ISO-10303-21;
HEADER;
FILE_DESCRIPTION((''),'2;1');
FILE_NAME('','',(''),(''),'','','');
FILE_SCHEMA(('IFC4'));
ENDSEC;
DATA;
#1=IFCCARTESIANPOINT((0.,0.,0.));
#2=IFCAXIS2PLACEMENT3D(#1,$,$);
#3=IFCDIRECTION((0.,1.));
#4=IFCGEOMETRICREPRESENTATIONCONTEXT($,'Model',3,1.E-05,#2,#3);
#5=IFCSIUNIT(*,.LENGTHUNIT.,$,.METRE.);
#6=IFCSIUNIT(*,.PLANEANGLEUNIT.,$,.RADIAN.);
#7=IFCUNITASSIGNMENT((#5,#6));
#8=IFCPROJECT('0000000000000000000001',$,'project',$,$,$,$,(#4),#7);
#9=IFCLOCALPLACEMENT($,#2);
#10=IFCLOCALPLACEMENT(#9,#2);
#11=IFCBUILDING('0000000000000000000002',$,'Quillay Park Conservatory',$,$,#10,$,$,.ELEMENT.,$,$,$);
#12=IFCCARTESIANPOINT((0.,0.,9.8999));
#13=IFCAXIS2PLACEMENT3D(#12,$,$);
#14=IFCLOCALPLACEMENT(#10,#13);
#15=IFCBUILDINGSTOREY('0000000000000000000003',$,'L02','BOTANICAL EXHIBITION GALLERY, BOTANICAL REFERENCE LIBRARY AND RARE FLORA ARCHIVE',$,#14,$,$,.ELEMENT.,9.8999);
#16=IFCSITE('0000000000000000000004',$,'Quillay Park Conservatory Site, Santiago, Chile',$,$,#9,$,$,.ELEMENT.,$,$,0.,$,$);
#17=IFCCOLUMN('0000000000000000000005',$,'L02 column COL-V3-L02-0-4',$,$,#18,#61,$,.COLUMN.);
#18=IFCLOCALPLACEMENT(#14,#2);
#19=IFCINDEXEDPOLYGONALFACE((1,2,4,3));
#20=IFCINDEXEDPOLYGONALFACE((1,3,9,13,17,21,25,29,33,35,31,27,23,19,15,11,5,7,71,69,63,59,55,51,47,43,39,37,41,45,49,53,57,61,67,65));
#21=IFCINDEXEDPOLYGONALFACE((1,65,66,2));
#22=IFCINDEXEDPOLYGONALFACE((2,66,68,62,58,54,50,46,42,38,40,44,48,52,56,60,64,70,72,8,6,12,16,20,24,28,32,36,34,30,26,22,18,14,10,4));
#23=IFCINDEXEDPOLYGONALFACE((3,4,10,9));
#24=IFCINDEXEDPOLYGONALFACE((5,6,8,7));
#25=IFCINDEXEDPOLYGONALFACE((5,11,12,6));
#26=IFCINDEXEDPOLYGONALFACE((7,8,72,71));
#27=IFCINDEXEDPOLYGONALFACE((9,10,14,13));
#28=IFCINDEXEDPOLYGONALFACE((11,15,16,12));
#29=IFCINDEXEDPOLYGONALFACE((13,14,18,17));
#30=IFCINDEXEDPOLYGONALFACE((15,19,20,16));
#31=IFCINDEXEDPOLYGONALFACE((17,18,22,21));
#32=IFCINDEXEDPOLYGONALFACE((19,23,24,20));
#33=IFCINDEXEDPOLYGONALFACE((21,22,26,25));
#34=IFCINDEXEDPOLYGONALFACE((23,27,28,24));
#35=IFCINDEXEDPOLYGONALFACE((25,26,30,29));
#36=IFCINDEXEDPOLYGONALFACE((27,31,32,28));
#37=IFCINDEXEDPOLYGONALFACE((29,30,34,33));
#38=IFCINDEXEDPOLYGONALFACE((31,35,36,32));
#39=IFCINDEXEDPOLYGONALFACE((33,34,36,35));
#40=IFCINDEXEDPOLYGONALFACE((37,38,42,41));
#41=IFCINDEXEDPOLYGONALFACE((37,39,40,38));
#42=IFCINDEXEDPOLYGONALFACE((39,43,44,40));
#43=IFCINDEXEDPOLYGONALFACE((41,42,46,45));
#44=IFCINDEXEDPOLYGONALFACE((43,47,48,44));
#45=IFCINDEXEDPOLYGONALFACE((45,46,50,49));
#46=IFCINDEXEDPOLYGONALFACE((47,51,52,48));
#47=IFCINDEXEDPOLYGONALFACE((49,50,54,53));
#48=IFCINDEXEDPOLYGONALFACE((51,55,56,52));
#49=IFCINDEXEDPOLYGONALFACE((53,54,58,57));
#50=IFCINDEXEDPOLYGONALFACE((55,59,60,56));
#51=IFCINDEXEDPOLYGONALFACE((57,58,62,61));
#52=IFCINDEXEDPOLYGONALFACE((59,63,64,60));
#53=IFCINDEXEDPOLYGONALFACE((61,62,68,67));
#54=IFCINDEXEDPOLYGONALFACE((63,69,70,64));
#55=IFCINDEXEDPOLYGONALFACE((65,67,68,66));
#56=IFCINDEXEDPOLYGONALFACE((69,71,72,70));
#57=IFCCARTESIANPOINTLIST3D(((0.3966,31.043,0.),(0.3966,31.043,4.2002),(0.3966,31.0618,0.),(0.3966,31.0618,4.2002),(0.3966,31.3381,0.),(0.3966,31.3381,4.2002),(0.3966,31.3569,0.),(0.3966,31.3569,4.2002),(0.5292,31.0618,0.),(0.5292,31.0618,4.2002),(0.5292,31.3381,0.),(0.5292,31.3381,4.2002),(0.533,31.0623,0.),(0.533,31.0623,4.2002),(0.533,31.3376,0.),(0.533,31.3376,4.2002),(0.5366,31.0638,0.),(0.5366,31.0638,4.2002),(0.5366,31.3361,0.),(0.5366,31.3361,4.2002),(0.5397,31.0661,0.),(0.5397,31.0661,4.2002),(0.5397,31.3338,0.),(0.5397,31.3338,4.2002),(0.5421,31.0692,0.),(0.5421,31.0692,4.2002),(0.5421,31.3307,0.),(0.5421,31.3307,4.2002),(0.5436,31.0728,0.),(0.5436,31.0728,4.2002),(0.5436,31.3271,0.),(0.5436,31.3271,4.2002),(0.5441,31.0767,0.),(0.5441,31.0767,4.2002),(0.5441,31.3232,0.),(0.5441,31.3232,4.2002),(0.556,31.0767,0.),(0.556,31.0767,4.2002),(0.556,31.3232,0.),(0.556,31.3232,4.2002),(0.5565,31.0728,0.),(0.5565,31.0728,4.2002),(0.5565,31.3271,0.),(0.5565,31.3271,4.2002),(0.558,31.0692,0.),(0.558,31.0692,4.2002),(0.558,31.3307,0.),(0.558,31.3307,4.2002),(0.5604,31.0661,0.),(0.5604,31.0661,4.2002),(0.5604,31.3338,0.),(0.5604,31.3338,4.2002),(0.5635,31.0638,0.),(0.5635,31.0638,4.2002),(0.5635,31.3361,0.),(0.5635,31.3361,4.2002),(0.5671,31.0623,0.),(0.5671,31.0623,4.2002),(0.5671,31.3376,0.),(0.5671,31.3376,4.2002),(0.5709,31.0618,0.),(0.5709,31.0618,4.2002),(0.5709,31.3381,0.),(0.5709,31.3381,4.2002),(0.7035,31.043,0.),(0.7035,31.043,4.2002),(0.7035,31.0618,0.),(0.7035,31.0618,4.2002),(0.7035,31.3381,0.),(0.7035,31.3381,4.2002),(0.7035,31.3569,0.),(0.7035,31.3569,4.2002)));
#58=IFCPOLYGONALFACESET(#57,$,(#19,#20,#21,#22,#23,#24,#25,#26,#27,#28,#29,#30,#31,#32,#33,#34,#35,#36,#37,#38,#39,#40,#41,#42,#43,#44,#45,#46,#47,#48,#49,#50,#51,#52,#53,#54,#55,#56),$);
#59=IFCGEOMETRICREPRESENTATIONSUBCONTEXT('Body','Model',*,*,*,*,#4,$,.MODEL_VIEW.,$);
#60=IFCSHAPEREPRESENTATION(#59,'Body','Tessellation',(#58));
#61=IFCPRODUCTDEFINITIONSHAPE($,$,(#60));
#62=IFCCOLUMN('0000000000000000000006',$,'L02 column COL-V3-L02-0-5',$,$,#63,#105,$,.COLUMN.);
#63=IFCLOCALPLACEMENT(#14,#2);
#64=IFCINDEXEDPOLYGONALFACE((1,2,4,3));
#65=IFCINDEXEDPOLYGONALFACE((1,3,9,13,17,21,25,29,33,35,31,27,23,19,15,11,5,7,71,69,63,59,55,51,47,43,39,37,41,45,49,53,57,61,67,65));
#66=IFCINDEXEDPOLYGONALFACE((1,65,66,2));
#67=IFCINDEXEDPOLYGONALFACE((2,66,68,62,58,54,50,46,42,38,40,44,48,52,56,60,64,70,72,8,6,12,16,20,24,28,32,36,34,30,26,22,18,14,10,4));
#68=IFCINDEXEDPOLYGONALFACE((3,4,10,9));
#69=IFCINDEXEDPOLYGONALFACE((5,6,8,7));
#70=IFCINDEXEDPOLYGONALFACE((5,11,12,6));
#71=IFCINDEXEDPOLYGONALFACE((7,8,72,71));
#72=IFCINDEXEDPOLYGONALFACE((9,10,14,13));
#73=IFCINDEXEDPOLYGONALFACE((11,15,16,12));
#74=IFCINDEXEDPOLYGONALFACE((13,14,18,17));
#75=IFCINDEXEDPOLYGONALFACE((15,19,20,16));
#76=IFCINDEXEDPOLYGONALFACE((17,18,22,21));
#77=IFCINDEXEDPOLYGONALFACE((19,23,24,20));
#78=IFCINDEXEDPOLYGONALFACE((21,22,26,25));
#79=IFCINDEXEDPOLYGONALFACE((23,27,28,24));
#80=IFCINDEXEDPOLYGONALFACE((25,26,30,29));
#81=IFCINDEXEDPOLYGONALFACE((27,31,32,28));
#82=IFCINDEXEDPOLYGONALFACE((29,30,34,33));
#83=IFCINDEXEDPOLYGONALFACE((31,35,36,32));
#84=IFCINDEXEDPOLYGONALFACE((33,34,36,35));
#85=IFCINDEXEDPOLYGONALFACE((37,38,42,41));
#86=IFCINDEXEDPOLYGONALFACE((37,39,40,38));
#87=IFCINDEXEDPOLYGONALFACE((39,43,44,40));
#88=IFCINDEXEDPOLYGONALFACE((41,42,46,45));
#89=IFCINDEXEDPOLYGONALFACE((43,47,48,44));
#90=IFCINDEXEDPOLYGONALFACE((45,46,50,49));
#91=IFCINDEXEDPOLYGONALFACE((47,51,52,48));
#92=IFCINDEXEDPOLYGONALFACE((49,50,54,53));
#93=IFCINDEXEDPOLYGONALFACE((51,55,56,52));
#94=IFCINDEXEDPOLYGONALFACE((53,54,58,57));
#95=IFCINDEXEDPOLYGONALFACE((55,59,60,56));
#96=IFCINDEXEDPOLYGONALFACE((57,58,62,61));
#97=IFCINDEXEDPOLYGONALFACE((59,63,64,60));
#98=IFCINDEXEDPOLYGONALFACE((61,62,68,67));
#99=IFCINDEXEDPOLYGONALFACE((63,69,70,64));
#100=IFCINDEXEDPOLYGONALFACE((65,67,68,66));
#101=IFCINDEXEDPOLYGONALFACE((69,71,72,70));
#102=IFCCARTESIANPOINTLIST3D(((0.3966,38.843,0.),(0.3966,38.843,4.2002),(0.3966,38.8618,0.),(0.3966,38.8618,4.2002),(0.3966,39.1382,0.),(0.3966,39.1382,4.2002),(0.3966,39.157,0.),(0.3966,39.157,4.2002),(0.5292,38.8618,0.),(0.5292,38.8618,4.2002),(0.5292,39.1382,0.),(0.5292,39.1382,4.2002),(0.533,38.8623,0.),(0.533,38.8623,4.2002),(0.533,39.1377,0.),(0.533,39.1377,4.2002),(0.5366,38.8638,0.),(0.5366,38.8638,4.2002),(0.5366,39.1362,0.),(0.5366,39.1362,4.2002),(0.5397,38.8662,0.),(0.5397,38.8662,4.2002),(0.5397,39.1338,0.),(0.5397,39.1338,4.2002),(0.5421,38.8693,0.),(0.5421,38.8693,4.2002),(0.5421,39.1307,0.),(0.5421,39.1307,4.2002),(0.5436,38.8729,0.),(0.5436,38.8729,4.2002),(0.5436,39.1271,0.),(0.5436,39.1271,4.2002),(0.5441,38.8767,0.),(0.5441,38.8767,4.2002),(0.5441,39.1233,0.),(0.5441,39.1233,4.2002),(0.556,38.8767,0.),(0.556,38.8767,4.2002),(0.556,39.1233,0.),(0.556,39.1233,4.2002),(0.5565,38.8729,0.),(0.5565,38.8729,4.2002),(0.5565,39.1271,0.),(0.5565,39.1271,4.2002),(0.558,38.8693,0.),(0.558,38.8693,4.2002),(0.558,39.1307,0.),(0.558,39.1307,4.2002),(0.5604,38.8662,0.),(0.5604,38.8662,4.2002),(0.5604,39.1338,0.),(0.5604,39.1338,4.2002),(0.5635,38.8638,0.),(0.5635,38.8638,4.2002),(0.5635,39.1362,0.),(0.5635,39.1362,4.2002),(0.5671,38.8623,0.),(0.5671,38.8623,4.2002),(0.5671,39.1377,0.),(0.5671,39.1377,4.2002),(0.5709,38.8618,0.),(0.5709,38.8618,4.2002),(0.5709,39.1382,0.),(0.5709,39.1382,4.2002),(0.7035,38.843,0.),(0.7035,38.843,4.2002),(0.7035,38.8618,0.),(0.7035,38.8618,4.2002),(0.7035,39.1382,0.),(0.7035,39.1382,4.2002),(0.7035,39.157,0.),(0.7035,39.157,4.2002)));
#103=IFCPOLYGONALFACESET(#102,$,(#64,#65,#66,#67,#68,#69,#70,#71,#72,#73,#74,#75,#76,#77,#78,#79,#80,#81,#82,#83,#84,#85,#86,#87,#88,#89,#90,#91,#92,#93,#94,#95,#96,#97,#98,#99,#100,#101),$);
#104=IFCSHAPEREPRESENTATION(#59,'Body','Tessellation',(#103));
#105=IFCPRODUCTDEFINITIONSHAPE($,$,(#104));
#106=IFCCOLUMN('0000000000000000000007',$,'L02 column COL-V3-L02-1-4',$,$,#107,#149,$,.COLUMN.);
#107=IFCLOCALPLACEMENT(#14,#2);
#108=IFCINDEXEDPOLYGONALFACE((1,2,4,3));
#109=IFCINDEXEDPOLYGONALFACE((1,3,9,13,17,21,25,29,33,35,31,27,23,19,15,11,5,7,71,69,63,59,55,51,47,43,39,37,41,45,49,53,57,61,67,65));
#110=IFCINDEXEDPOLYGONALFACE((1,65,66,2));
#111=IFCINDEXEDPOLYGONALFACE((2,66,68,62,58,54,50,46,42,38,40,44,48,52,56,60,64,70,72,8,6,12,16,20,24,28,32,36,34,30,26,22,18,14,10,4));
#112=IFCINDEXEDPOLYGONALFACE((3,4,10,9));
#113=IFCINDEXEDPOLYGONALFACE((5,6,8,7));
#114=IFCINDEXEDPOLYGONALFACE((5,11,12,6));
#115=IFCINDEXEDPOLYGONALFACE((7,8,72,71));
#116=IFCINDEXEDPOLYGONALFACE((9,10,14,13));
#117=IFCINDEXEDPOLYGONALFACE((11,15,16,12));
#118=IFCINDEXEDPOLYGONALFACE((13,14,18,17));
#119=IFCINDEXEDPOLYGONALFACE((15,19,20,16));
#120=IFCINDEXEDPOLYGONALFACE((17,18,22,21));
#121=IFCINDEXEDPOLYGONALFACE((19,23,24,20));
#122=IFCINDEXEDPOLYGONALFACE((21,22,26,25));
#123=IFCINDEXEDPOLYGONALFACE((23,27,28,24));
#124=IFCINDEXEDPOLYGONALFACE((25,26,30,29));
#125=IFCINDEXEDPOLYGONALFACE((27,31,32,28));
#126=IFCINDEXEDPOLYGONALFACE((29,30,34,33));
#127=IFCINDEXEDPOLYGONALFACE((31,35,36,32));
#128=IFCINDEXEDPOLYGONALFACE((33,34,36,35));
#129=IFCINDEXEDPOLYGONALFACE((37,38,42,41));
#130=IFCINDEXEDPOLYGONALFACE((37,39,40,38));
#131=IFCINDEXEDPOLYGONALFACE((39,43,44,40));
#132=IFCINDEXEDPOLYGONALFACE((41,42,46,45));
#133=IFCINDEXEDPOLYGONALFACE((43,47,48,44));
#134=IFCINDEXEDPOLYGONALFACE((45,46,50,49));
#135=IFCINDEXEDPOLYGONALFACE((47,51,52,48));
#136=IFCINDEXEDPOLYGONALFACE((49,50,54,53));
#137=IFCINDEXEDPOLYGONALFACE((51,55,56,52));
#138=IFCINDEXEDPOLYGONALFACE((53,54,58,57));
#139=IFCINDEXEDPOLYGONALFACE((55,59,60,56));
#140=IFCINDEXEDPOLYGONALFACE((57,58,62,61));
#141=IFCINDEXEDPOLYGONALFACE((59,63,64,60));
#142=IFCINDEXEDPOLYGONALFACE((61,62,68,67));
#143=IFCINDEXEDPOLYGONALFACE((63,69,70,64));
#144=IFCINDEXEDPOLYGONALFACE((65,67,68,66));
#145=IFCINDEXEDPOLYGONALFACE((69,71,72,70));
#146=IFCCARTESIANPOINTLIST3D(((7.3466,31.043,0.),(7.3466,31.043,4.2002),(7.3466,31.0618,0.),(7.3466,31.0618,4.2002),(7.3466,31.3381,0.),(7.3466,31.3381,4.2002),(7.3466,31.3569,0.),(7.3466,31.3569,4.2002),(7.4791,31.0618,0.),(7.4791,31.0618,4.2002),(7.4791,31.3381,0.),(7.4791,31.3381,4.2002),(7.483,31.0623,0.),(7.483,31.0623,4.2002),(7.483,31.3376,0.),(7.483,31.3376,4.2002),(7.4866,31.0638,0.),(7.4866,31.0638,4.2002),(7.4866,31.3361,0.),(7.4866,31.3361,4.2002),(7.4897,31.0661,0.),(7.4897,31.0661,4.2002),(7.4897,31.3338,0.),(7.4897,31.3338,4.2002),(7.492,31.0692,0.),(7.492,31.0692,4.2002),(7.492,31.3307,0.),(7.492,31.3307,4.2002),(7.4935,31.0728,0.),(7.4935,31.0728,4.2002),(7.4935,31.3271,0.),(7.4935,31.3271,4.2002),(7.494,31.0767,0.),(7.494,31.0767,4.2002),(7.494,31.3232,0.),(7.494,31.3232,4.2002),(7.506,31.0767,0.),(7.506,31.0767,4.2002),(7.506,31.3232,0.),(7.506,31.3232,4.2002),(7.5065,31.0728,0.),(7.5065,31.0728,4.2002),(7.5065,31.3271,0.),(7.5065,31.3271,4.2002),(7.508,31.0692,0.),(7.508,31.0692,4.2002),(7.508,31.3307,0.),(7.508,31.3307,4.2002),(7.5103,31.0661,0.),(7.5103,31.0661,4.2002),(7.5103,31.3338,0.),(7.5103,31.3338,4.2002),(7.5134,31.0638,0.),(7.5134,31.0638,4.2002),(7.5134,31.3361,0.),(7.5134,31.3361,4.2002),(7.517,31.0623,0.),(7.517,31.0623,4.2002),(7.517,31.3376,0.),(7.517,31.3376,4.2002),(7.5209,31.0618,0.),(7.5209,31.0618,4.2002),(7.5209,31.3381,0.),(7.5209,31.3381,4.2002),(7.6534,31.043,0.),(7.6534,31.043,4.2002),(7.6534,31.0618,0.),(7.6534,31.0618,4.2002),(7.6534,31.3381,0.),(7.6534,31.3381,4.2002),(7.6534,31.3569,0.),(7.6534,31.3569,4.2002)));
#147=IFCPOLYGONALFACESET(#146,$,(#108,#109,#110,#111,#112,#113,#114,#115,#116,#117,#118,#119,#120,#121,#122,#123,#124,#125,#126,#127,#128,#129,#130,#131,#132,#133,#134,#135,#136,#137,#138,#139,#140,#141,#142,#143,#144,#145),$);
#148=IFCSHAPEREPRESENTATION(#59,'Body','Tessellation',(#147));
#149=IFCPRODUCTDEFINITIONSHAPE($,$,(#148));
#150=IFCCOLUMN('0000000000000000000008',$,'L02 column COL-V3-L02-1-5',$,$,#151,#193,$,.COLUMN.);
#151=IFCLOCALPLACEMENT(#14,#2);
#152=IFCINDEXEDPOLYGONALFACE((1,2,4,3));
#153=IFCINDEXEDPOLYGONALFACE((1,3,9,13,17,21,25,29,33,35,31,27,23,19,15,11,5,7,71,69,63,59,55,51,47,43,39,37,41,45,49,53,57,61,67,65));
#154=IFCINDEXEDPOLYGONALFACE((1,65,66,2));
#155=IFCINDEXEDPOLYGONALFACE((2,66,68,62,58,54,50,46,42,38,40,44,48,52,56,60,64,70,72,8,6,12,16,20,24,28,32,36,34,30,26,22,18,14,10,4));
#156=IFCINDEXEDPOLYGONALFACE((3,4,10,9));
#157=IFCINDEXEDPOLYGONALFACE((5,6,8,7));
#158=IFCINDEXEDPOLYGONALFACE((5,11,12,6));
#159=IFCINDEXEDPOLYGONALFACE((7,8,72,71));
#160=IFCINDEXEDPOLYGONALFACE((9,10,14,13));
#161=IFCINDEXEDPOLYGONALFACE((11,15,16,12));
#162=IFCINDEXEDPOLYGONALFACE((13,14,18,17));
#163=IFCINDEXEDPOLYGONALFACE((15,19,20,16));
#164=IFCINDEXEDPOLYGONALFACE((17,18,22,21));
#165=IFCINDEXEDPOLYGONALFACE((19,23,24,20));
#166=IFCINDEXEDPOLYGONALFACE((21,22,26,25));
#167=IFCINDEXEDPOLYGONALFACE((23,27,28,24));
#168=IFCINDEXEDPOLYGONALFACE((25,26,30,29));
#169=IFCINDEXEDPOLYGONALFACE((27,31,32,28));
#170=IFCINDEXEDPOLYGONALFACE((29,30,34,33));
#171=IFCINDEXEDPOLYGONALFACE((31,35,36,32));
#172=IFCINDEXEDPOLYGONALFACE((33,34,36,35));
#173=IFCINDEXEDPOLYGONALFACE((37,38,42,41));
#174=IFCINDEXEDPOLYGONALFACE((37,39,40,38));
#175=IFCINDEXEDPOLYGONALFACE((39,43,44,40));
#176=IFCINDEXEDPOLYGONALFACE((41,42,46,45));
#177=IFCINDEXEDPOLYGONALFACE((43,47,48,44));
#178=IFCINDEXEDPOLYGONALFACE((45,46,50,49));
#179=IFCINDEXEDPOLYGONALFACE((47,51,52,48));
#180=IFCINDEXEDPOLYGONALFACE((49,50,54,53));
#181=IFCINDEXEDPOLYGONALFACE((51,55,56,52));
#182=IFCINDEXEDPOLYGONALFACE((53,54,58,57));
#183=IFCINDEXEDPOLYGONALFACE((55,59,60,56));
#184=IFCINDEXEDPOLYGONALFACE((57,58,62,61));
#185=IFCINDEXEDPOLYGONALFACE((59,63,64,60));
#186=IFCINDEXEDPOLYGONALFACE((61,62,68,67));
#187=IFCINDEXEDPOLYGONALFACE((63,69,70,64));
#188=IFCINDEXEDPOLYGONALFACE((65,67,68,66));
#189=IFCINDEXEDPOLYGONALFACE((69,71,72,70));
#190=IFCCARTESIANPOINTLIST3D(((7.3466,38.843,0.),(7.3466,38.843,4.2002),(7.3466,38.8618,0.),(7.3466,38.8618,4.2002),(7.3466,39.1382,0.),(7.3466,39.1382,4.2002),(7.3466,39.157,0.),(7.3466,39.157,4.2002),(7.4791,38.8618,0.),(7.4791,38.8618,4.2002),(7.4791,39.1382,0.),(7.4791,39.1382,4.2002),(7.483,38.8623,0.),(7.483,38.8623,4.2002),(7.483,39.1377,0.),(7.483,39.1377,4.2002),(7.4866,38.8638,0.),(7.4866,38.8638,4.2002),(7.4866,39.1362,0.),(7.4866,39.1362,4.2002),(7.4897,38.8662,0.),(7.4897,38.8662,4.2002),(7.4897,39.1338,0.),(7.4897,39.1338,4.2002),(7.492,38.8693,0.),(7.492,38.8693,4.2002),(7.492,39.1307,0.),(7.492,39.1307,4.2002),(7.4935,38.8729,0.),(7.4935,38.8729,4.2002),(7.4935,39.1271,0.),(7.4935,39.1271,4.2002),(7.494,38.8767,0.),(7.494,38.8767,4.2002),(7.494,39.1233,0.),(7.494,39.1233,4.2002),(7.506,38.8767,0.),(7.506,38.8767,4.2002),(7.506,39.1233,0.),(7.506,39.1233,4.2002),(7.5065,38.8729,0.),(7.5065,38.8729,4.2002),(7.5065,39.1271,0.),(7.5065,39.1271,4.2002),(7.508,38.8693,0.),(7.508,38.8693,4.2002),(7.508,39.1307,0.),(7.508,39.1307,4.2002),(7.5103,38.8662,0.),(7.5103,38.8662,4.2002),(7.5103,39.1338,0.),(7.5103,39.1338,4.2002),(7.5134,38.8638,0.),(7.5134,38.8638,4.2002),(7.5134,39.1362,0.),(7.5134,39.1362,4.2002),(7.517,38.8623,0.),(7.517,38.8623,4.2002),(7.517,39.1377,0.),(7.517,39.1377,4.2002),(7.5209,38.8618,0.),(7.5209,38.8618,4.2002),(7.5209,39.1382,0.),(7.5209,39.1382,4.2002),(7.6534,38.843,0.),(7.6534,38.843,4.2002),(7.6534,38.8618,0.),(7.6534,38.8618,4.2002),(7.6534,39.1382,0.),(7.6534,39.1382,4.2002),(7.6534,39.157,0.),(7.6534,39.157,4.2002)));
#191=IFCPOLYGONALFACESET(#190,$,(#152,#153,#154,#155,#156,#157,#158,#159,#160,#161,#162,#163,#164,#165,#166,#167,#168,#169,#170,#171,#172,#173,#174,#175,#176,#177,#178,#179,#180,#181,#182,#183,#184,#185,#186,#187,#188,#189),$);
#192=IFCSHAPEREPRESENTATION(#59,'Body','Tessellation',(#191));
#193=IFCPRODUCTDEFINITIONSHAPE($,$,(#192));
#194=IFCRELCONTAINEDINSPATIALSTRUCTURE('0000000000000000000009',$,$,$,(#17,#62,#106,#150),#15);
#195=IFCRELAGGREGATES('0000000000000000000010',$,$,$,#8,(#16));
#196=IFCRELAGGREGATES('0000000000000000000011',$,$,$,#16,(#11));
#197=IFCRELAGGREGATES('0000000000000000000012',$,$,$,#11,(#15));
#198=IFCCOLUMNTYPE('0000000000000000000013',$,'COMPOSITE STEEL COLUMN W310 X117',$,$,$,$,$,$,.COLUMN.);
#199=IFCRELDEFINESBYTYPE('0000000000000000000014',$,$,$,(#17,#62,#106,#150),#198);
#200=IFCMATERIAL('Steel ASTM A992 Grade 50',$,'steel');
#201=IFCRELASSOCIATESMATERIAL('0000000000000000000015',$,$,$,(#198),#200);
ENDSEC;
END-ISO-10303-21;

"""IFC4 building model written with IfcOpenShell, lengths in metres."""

from ifc_helpers import new_model, si_unit, direction, frame, origin, origin_2d, place, context, subcontext, project, spatial, i_section, extrude, material, material_profile, profile_set, type_object, element, save


model = new_model("IFC4")

# Units and contexts
model_context = context("Model", 3, precision=1e-05, world=origin(), true_north=direction((0.0, 1.0)))
body_context = subcontext(model_context, "Body", "Model", "MODEL_VIEW")
ifc_project = project(units=[si_unit("LENGTHUNIT", "METRE"), si_unit("PLANEANGLEUNIT", "RADIAN")], contexts=[model_context])

# Site, building, storey
site_placement = place(None, origin())
site = spatial("IfcSite", under=ifc_project, at=site_placement, Name="Quillay Park Conservatory Site, Santiago, Chile", CompositionType="ELEMENT", RefElevation=0.0)
building_placement = place(site_placement, origin())
building = spatial("IfcBuilding", under=site, at=building_placement, Name="Quillay Park Conservatory", CompositionType="ELEMENT")
storey_placement = place(building_placement, frame((0.0, 0.0, 9.8999)))
storey = spatial("IfcBuildingStorey", under=building, at=storey_placement, Name="L02", Description="BOTANICAL EXHIBITION GALLERY, BOTANICAL REFERENCE LIBRARY AND RARE FLORA ARCHIVE", CompositionType="ELEMENT", Elevation=9.8999)

# Columns
ifc_material_1 = material(Name="Steel ASTM A992 Grade 50", Category="steel")
ifc_material_profile_1 = material_profile(ifc_material_1, i_section(OverallWidth=0.3069, OverallDepth=0.314, WebThickness=0.012, FlangeThickness=0.0188, FilletRadius=0.0149, at=origin_2d()), Name="W310x117")
ifc_profile_set_1 = profile_set([ifc_material_profile_1], Name="Steel ASTM A992 Grade 50")
column_type = type_object("IfcColumnType", Name="COMPOSITE STEEL COLUMN W310 X117", PredefinedType="COLUMN", material=ifc_profile_set_1)
for number, where, z_axis, x_axis, name in (
    (1, (0.55, 31.2, 0.0), (0.0, 0.0, 1.0), (1.0, 0.0, 0.0), "L02 column COL-V3-L02-0-4"),
    (2, (0.55, 39.0, 0.0), (0.0, 0.0, 1.0), (1.0, 0.0, 0.0), "L02 column COL-V3-L02-0-5"),
    (3, (7.5, 31.2, 0.0), (0.0, 0.0, 1.0), (1.0, 0.0, 0.0), "L02 column COL-V3-L02-1-4"),
    (4, (7.5, 39.0, 0.0), (0.0, 0.0, 1.0), (1.0, 0.0, 0.0), "L02 column COL-V3-L02-1-5"),
):
    element("IfcColumn", number, at=place(storey_placement, frame(where, z_axis=z_axis, x_axis=x_axis)), inside=storey, type_object=column_type, Name=name, PredefinedType="COLUMN", context=body_context, shape_type="SweptSolid", body=[
        extrude(i_section(OverallWidth=0.3069, OverallDepth=0.314, WebThickness=0.012, FlangeThickness=0.0188, FilletRadius=0.0149, at=origin_2d()), origin(), (0.0, 0.0, 1.0), 4.2002),
    ])

save(model, "model.ifc")
